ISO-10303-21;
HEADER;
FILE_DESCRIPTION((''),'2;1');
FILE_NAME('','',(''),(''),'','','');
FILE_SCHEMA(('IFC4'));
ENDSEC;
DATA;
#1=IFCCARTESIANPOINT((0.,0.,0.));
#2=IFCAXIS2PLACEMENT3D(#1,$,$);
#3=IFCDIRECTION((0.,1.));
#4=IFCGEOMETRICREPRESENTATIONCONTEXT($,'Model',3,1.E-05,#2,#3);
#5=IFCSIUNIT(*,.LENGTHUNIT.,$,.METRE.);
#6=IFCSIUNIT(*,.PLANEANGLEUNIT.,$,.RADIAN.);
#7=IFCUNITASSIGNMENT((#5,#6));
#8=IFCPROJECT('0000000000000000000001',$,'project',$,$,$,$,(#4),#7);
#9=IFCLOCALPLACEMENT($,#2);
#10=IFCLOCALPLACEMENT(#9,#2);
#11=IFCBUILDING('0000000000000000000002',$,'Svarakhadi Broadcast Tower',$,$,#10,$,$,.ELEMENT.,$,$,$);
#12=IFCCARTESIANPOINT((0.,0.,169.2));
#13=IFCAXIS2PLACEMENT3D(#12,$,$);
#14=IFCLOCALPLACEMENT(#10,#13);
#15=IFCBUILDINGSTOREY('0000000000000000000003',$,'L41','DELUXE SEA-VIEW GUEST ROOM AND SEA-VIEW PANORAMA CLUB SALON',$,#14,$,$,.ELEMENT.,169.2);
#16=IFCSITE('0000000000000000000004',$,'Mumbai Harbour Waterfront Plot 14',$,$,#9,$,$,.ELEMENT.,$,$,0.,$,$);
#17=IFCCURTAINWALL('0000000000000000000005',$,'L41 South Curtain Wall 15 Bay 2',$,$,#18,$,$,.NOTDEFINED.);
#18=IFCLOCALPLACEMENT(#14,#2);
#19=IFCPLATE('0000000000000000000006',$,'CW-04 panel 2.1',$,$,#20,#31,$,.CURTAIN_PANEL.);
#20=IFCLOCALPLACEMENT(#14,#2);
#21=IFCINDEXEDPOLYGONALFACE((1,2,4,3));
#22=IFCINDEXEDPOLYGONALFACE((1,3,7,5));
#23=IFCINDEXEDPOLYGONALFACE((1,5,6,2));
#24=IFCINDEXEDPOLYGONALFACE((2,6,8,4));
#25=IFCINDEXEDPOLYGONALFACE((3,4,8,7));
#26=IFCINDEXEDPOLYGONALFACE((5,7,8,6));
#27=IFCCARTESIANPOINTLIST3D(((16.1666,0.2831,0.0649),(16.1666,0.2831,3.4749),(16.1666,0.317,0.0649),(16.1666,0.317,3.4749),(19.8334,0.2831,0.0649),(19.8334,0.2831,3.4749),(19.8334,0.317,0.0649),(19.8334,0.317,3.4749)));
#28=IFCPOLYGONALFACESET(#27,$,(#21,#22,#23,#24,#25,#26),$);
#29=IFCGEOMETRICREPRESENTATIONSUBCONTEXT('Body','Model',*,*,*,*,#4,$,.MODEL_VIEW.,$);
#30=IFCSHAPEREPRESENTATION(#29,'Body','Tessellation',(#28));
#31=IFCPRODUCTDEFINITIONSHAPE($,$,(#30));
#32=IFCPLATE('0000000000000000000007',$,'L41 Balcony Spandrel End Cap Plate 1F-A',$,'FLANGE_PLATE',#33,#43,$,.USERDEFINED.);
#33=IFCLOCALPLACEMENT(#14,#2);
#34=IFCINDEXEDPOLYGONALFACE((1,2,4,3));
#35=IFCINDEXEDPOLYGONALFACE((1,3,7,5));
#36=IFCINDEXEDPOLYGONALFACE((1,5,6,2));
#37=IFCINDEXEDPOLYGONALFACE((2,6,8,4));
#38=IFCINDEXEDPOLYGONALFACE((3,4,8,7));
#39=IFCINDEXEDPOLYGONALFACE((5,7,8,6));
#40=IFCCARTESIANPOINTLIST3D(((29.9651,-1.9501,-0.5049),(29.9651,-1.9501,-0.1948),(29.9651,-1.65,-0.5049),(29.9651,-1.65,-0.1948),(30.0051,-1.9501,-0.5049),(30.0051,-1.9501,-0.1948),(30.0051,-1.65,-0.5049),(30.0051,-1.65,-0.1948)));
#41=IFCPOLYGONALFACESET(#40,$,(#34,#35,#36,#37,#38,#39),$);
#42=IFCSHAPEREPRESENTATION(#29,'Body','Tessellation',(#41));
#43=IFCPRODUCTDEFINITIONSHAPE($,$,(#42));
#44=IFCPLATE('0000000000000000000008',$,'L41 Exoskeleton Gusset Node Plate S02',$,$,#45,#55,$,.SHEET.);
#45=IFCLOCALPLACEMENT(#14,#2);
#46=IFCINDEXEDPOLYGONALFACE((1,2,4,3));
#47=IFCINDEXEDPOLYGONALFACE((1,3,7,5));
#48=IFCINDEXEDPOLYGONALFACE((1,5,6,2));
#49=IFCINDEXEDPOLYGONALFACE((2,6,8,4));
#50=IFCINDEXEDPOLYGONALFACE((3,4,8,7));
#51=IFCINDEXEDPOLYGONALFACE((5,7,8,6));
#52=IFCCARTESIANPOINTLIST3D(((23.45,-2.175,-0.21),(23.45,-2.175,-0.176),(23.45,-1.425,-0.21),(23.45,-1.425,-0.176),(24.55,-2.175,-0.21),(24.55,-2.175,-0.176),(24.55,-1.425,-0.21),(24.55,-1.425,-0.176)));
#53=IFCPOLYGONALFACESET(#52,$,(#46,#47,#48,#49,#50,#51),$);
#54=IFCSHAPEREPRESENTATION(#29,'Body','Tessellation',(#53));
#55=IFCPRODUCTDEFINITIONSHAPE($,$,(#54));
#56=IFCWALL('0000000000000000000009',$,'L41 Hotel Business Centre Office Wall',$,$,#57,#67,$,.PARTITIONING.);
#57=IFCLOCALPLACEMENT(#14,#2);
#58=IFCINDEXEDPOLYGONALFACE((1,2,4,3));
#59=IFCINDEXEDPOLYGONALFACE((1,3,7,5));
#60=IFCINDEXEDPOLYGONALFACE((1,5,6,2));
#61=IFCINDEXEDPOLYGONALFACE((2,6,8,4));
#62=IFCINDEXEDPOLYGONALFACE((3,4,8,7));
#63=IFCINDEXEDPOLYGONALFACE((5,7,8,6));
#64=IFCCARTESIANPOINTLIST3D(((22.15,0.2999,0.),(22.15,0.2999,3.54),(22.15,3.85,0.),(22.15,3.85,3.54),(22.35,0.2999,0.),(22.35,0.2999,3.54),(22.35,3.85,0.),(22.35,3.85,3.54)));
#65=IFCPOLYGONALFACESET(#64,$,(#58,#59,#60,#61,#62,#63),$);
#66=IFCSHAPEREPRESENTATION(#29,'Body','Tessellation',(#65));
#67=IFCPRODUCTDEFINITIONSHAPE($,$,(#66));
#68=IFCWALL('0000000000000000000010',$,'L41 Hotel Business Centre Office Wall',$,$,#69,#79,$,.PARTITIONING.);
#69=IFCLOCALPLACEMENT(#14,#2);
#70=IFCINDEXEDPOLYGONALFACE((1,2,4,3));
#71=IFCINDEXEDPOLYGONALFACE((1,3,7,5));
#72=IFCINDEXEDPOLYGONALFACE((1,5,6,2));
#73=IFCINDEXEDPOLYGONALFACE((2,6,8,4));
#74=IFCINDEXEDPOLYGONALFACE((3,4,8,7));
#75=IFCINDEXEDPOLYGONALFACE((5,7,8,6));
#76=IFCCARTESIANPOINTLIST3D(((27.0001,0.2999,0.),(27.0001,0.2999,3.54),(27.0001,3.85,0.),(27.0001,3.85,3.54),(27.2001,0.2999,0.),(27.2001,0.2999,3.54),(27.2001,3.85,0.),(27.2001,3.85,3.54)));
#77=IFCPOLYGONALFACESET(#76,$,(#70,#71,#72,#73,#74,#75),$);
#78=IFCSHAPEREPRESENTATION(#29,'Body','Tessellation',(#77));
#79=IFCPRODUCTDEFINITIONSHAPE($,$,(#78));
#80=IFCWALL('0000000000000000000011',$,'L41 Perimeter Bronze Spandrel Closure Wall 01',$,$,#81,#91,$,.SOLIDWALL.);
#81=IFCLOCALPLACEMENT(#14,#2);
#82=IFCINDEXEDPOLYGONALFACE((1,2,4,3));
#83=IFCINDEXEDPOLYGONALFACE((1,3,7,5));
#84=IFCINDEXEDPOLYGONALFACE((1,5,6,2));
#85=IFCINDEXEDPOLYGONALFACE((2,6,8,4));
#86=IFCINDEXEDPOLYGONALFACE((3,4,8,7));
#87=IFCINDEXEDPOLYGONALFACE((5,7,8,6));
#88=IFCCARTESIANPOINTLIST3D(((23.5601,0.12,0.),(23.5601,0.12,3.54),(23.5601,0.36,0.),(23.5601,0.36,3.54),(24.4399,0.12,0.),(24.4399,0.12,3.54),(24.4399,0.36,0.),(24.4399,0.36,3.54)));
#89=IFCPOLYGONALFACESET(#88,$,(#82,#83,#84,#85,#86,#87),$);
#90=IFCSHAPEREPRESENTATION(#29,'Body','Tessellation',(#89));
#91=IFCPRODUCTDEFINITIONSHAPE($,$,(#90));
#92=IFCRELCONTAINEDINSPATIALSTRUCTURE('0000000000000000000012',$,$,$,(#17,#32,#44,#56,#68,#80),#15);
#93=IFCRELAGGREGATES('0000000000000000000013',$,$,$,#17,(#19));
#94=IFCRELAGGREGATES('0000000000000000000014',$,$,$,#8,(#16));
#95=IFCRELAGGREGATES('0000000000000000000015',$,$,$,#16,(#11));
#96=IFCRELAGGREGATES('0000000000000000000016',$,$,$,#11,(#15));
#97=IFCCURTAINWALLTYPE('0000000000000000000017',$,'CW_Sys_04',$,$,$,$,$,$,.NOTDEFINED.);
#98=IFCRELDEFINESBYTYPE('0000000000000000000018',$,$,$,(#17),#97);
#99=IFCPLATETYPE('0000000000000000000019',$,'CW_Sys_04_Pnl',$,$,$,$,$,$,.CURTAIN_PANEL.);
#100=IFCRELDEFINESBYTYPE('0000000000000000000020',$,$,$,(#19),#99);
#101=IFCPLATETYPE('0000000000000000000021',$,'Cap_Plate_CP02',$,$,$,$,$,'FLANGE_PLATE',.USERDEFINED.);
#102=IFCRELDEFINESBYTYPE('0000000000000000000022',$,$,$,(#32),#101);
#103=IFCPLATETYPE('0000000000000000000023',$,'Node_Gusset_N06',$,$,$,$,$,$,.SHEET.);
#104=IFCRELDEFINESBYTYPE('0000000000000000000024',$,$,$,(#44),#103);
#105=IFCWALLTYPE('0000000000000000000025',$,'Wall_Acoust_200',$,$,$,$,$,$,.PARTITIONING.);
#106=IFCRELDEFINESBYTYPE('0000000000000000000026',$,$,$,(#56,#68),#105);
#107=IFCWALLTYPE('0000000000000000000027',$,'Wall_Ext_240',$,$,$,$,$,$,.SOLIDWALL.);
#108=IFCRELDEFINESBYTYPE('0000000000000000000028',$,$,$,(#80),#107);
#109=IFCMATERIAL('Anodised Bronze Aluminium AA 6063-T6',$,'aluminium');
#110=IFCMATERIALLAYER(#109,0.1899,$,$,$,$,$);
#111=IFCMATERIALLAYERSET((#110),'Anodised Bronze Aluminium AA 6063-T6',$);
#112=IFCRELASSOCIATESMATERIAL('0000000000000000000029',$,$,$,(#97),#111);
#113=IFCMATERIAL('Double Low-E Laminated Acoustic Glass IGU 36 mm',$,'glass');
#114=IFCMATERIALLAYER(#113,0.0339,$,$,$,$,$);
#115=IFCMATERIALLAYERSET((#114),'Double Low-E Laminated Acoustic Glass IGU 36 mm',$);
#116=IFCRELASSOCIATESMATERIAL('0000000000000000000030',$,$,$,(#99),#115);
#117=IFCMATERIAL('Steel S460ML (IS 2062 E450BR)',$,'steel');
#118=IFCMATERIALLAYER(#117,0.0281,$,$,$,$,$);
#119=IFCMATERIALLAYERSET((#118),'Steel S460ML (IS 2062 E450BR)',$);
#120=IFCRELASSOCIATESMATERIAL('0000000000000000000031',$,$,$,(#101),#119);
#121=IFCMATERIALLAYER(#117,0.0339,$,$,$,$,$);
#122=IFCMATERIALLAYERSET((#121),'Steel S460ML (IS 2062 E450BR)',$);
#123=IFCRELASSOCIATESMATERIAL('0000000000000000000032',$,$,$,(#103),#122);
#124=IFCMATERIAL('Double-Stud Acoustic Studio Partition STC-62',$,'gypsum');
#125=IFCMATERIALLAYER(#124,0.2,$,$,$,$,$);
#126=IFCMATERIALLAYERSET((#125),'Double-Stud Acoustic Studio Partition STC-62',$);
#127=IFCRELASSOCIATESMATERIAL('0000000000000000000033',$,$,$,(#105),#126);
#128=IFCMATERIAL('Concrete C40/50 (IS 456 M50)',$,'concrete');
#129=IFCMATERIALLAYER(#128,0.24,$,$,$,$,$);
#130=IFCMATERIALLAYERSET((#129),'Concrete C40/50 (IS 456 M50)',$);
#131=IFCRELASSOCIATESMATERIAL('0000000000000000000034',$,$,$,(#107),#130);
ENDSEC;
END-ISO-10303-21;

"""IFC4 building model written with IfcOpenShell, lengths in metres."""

from ifc_helpers import new_model, si_unit, direction, frame, frame_2d, origin, origin_2d, place, context, subcontext, project, spatial, rectangle, extrude, material, layer, layer_set, type_object, element, aggregate, save


model = new_model("IFC4")

# Units and contexts
model_context = context("Model", 3, precision=1e-05, world=origin(), true_north=direction((0.0, 1.0)))
body_context = subcontext(model_context, "Body", "Model", "MODEL_VIEW")
ifc_project = project(units=[si_unit("LENGTHUNIT", "METRE"), si_unit("PLANEANGLEUNIT", "RADIAN")], contexts=[model_context])

# Site, building, storey
site_placement = place(None, origin())
site = spatial("IfcSite", under=ifc_project, at=site_placement, Name="Mumbai Harbour Waterfront Plot 14", CompositionType="ELEMENT", RefElevation=0.0)
building_placement = place(site_placement, origin())
building = spatial("IfcBuilding", under=site, at=building_placement, Name="Svarakhadi Broadcast Tower", CompositionType="ELEMENT")
storey_placement = place(building_placement, frame((0.0, 0.0, 169.2)))
storey = spatial("IfcBuildingStorey", under=building, at=storey_placement, Name="L41", Description="DELUXE SEA-VIEW GUEST ROOM AND SEA-VIEW PANORAMA CLUB SALON", CompositionType="ELEMENT", Elevation=169.2)

# Curtain wall
ifc_material_1 = material(Name="Anodised Bronze Aluminium AA 6063-T6", Category="aluminium")
ifc_layer_1 = layer(ifc_material_1, 0.1899)
ifc_layer_set_1 = layer_set([ifc_layer_1], Name="Anodised Bronze Aluminium AA 6063-T6")
curtain_wall_type = type_object("IfcCurtainWallType", Name="CW_Sys_04", PredefinedType="NOTDEFINED", material=ifc_layer_set_1)
curtain_wall_1_placement = place(storey_placement, origin())
curtain_wall_1 = element("IfcCurtainWall", 1, at=curtain_wall_1_placement, inside=storey, type_object=curtain_wall_type, Name="L41 South Curtain Wall 15 Bay 2", PredefinedType="NOTDEFINED")

# Shared definitions
ifc_material_2 = material(Name="Steel S460ML (IS 2062 E450BR)", Category="steel")

# Plate
ifc_material_3 = material(Name="Double Low-E Laminated Acoustic Glass IGU 36 mm", Category="glass")
ifc_layer_2 = layer(ifc_material_3, 0.0339)
ifc_layer_set_2 = layer_set([ifc_layer_2], Name="Double Low-E Laminated Acoustic Glass IGU 36 mm")
plate_type_1 = type_object("IfcPlateType", Name="CW_Sys_04_Pnl", PredefinedType="CURTAIN_PANEL", material=ifc_layer_set_2)
plate_1_placement = place(storey_placement, frame((18.0, 0.3, 0.0649), z_axis=(0.0, 0.0, 1.0), x_axis=(-1.0, 0.0, 0.0)))
plate_1 = element("IfcPlate", 2, at=plate_1_placement, type_object=plate_type_1, Name="CW-04 panel 2.1", PredefinedType="CURTAIN_PANEL", context=body_context, shape_type="SweptSolid", body=[
    extrude(rectangle(XDim=3.6667, YDim=0.0339, at=origin_2d()), origin(), (0.0, 0.0, 1.0), 3.4099),
])
aggregate(curtain_wall_1, [plate_1])

# Plates
ifc_layer_3 = layer(ifc_material_2, 0.0281)
ifc_layer_set_3 = layer_set([ifc_layer_3], Name="Steel S460ML (IS 2062 E450BR)")
plate_type_2 = type_object("IfcPlateType", Name="Cap_Plate_CP02", ElementType="FLANGE_PLATE", PredefinedType="USERDEFINED", material=ifc_layer_set_3)
plate_2_placement = place(storey_placement, frame((29.9851, -1.8, -0.5049), z_axis=(0.0, 0.0, 1.0), x_axis=(1.0, 0.0, 0.0)))
element("IfcPlate", 3, at=plate_2_placement, inside=storey, type_object=plate_type_2, Name="L41 Balcony Spandrel End Cap Plate 1F-A", ObjectType="FLANGE_PLATE", PredefinedType="USERDEFINED", context=body_context, shape_type="SweptSolid", body=[
    extrude(rectangle(XDim=0.04, YDim=0.3, at=origin_2d()), origin(), (0.0, 0.0, 1.0), 0.3101),
])
ifc_layer_4 = layer(ifc_material_2, 0.0339)
ifc_layer_set_4 = layer_set([ifc_layer_4], Name="Steel S460ML (IS 2062 E450BR)")
plate_type_3 = type_object("IfcPlateType", Name="Node_Gusset_N06", PredefinedType="SHEET", material=ifc_layer_set_4)
plate_3_placement = place(storey_placement, frame((24.0, -1.8, -0.21), z_axis=(0.0, 0.0, 1.0), x_axis=(1.0, 0.0, 0.0)))
element("IfcPlate", 4, at=plate_3_placement, inside=storey, type_object=plate_type_3, Name="L41 Exoskeleton Gusset Node Plate S02", PredefinedType="SHEET", context=body_context, shape_type="SweptSolid", body=[
    extrude(rectangle(XDim=1.1001, YDim=0.75, at=origin_2d()), origin(), (0.0, 0.0, 1.0), 0.0339),
])

# Walls
ifc_material_4 = material(Name="Double-Stud Acoustic Studio Partition STC-62", Category="gypsum")
ifc_layer_5 = layer(ifc_material_4, 0.2)
ifc_layer_set_5 = layer_set([ifc_layer_5], Name="Double-Stud Acoustic Studio Partition STC-62")
wall_type_1 = type_object("IfcWallType", Name="Wall_Acoust_200", PredefinedType="PARTITIONING", material=ifc_layer_set_5)
for number, where, z_axis, x_axis, name in (
    (5, (22.25, 0.3, 0.0), (0.0, 0.0, 1.0), (0.0, 1.0, 0.0), "L41 Hotel Business Centre Office Wall"),
    (6, (27.1001, 0.3, 0.0), (0.0, 0.0, 1.0), (0.0, 1.0, 0.0), "L41 Hotel Business Centre Office Wall"),
):
    element("IfcWall", number, at=place(storey_placement, frame(where, z_axis=z_axis, x_axis=x_axis)), inside=storey, type_object=wall_type_1, Name=name, PredefinedType="PARTITIONING", context=body_context, shape_type="SweptSolid", body=[
        extrude(rectangle(XDim=3.55, YDim=0.2, at=frame_2d((1.7749, 0.0))), origin(), (0.0, 0.0, 1.0), 3.54),
    ])
ifc_material_5 = material(Name="Concrete C40/50 (IS 456 M50)", Category="concrete")
ifc_layer_6 = layer(ifc_material_5, 0.24)
ifc_layer_set_6 = layer_set([ifc_layer_6], Name="Concrete C40/50 (IS 456 M50)")
wall_type_2 = type_object("IfcWallType", Name="Wall_Ext_240", PredefinedType="SOLIDWALL", material=ifc_layer_set_6)
wall_placement = place(storey_placement, frame((24.4399, 0.24, 0.0), z_axis=(0.0, 0.0, 1.0), x_axis=(-1.0, 0.0, 0.0)))
element("IfcWall", 7, at=wall_placement, inside=storey, type_object=wall_type_2, Name="L41 Perimeter Bronze Spandrel Closure Wall 01", PredefinedType="SOLIDWALL", context=body_context, shape_type="SweptSolid", body=[
    extrude(rectangle(XDim=0.8799, YDim=0.24, at=frame_2d((0.4399, 0.0))), origin(), (0.0, 0.0, 1.0), 3.54),
])

save(model, "model.ifc")
